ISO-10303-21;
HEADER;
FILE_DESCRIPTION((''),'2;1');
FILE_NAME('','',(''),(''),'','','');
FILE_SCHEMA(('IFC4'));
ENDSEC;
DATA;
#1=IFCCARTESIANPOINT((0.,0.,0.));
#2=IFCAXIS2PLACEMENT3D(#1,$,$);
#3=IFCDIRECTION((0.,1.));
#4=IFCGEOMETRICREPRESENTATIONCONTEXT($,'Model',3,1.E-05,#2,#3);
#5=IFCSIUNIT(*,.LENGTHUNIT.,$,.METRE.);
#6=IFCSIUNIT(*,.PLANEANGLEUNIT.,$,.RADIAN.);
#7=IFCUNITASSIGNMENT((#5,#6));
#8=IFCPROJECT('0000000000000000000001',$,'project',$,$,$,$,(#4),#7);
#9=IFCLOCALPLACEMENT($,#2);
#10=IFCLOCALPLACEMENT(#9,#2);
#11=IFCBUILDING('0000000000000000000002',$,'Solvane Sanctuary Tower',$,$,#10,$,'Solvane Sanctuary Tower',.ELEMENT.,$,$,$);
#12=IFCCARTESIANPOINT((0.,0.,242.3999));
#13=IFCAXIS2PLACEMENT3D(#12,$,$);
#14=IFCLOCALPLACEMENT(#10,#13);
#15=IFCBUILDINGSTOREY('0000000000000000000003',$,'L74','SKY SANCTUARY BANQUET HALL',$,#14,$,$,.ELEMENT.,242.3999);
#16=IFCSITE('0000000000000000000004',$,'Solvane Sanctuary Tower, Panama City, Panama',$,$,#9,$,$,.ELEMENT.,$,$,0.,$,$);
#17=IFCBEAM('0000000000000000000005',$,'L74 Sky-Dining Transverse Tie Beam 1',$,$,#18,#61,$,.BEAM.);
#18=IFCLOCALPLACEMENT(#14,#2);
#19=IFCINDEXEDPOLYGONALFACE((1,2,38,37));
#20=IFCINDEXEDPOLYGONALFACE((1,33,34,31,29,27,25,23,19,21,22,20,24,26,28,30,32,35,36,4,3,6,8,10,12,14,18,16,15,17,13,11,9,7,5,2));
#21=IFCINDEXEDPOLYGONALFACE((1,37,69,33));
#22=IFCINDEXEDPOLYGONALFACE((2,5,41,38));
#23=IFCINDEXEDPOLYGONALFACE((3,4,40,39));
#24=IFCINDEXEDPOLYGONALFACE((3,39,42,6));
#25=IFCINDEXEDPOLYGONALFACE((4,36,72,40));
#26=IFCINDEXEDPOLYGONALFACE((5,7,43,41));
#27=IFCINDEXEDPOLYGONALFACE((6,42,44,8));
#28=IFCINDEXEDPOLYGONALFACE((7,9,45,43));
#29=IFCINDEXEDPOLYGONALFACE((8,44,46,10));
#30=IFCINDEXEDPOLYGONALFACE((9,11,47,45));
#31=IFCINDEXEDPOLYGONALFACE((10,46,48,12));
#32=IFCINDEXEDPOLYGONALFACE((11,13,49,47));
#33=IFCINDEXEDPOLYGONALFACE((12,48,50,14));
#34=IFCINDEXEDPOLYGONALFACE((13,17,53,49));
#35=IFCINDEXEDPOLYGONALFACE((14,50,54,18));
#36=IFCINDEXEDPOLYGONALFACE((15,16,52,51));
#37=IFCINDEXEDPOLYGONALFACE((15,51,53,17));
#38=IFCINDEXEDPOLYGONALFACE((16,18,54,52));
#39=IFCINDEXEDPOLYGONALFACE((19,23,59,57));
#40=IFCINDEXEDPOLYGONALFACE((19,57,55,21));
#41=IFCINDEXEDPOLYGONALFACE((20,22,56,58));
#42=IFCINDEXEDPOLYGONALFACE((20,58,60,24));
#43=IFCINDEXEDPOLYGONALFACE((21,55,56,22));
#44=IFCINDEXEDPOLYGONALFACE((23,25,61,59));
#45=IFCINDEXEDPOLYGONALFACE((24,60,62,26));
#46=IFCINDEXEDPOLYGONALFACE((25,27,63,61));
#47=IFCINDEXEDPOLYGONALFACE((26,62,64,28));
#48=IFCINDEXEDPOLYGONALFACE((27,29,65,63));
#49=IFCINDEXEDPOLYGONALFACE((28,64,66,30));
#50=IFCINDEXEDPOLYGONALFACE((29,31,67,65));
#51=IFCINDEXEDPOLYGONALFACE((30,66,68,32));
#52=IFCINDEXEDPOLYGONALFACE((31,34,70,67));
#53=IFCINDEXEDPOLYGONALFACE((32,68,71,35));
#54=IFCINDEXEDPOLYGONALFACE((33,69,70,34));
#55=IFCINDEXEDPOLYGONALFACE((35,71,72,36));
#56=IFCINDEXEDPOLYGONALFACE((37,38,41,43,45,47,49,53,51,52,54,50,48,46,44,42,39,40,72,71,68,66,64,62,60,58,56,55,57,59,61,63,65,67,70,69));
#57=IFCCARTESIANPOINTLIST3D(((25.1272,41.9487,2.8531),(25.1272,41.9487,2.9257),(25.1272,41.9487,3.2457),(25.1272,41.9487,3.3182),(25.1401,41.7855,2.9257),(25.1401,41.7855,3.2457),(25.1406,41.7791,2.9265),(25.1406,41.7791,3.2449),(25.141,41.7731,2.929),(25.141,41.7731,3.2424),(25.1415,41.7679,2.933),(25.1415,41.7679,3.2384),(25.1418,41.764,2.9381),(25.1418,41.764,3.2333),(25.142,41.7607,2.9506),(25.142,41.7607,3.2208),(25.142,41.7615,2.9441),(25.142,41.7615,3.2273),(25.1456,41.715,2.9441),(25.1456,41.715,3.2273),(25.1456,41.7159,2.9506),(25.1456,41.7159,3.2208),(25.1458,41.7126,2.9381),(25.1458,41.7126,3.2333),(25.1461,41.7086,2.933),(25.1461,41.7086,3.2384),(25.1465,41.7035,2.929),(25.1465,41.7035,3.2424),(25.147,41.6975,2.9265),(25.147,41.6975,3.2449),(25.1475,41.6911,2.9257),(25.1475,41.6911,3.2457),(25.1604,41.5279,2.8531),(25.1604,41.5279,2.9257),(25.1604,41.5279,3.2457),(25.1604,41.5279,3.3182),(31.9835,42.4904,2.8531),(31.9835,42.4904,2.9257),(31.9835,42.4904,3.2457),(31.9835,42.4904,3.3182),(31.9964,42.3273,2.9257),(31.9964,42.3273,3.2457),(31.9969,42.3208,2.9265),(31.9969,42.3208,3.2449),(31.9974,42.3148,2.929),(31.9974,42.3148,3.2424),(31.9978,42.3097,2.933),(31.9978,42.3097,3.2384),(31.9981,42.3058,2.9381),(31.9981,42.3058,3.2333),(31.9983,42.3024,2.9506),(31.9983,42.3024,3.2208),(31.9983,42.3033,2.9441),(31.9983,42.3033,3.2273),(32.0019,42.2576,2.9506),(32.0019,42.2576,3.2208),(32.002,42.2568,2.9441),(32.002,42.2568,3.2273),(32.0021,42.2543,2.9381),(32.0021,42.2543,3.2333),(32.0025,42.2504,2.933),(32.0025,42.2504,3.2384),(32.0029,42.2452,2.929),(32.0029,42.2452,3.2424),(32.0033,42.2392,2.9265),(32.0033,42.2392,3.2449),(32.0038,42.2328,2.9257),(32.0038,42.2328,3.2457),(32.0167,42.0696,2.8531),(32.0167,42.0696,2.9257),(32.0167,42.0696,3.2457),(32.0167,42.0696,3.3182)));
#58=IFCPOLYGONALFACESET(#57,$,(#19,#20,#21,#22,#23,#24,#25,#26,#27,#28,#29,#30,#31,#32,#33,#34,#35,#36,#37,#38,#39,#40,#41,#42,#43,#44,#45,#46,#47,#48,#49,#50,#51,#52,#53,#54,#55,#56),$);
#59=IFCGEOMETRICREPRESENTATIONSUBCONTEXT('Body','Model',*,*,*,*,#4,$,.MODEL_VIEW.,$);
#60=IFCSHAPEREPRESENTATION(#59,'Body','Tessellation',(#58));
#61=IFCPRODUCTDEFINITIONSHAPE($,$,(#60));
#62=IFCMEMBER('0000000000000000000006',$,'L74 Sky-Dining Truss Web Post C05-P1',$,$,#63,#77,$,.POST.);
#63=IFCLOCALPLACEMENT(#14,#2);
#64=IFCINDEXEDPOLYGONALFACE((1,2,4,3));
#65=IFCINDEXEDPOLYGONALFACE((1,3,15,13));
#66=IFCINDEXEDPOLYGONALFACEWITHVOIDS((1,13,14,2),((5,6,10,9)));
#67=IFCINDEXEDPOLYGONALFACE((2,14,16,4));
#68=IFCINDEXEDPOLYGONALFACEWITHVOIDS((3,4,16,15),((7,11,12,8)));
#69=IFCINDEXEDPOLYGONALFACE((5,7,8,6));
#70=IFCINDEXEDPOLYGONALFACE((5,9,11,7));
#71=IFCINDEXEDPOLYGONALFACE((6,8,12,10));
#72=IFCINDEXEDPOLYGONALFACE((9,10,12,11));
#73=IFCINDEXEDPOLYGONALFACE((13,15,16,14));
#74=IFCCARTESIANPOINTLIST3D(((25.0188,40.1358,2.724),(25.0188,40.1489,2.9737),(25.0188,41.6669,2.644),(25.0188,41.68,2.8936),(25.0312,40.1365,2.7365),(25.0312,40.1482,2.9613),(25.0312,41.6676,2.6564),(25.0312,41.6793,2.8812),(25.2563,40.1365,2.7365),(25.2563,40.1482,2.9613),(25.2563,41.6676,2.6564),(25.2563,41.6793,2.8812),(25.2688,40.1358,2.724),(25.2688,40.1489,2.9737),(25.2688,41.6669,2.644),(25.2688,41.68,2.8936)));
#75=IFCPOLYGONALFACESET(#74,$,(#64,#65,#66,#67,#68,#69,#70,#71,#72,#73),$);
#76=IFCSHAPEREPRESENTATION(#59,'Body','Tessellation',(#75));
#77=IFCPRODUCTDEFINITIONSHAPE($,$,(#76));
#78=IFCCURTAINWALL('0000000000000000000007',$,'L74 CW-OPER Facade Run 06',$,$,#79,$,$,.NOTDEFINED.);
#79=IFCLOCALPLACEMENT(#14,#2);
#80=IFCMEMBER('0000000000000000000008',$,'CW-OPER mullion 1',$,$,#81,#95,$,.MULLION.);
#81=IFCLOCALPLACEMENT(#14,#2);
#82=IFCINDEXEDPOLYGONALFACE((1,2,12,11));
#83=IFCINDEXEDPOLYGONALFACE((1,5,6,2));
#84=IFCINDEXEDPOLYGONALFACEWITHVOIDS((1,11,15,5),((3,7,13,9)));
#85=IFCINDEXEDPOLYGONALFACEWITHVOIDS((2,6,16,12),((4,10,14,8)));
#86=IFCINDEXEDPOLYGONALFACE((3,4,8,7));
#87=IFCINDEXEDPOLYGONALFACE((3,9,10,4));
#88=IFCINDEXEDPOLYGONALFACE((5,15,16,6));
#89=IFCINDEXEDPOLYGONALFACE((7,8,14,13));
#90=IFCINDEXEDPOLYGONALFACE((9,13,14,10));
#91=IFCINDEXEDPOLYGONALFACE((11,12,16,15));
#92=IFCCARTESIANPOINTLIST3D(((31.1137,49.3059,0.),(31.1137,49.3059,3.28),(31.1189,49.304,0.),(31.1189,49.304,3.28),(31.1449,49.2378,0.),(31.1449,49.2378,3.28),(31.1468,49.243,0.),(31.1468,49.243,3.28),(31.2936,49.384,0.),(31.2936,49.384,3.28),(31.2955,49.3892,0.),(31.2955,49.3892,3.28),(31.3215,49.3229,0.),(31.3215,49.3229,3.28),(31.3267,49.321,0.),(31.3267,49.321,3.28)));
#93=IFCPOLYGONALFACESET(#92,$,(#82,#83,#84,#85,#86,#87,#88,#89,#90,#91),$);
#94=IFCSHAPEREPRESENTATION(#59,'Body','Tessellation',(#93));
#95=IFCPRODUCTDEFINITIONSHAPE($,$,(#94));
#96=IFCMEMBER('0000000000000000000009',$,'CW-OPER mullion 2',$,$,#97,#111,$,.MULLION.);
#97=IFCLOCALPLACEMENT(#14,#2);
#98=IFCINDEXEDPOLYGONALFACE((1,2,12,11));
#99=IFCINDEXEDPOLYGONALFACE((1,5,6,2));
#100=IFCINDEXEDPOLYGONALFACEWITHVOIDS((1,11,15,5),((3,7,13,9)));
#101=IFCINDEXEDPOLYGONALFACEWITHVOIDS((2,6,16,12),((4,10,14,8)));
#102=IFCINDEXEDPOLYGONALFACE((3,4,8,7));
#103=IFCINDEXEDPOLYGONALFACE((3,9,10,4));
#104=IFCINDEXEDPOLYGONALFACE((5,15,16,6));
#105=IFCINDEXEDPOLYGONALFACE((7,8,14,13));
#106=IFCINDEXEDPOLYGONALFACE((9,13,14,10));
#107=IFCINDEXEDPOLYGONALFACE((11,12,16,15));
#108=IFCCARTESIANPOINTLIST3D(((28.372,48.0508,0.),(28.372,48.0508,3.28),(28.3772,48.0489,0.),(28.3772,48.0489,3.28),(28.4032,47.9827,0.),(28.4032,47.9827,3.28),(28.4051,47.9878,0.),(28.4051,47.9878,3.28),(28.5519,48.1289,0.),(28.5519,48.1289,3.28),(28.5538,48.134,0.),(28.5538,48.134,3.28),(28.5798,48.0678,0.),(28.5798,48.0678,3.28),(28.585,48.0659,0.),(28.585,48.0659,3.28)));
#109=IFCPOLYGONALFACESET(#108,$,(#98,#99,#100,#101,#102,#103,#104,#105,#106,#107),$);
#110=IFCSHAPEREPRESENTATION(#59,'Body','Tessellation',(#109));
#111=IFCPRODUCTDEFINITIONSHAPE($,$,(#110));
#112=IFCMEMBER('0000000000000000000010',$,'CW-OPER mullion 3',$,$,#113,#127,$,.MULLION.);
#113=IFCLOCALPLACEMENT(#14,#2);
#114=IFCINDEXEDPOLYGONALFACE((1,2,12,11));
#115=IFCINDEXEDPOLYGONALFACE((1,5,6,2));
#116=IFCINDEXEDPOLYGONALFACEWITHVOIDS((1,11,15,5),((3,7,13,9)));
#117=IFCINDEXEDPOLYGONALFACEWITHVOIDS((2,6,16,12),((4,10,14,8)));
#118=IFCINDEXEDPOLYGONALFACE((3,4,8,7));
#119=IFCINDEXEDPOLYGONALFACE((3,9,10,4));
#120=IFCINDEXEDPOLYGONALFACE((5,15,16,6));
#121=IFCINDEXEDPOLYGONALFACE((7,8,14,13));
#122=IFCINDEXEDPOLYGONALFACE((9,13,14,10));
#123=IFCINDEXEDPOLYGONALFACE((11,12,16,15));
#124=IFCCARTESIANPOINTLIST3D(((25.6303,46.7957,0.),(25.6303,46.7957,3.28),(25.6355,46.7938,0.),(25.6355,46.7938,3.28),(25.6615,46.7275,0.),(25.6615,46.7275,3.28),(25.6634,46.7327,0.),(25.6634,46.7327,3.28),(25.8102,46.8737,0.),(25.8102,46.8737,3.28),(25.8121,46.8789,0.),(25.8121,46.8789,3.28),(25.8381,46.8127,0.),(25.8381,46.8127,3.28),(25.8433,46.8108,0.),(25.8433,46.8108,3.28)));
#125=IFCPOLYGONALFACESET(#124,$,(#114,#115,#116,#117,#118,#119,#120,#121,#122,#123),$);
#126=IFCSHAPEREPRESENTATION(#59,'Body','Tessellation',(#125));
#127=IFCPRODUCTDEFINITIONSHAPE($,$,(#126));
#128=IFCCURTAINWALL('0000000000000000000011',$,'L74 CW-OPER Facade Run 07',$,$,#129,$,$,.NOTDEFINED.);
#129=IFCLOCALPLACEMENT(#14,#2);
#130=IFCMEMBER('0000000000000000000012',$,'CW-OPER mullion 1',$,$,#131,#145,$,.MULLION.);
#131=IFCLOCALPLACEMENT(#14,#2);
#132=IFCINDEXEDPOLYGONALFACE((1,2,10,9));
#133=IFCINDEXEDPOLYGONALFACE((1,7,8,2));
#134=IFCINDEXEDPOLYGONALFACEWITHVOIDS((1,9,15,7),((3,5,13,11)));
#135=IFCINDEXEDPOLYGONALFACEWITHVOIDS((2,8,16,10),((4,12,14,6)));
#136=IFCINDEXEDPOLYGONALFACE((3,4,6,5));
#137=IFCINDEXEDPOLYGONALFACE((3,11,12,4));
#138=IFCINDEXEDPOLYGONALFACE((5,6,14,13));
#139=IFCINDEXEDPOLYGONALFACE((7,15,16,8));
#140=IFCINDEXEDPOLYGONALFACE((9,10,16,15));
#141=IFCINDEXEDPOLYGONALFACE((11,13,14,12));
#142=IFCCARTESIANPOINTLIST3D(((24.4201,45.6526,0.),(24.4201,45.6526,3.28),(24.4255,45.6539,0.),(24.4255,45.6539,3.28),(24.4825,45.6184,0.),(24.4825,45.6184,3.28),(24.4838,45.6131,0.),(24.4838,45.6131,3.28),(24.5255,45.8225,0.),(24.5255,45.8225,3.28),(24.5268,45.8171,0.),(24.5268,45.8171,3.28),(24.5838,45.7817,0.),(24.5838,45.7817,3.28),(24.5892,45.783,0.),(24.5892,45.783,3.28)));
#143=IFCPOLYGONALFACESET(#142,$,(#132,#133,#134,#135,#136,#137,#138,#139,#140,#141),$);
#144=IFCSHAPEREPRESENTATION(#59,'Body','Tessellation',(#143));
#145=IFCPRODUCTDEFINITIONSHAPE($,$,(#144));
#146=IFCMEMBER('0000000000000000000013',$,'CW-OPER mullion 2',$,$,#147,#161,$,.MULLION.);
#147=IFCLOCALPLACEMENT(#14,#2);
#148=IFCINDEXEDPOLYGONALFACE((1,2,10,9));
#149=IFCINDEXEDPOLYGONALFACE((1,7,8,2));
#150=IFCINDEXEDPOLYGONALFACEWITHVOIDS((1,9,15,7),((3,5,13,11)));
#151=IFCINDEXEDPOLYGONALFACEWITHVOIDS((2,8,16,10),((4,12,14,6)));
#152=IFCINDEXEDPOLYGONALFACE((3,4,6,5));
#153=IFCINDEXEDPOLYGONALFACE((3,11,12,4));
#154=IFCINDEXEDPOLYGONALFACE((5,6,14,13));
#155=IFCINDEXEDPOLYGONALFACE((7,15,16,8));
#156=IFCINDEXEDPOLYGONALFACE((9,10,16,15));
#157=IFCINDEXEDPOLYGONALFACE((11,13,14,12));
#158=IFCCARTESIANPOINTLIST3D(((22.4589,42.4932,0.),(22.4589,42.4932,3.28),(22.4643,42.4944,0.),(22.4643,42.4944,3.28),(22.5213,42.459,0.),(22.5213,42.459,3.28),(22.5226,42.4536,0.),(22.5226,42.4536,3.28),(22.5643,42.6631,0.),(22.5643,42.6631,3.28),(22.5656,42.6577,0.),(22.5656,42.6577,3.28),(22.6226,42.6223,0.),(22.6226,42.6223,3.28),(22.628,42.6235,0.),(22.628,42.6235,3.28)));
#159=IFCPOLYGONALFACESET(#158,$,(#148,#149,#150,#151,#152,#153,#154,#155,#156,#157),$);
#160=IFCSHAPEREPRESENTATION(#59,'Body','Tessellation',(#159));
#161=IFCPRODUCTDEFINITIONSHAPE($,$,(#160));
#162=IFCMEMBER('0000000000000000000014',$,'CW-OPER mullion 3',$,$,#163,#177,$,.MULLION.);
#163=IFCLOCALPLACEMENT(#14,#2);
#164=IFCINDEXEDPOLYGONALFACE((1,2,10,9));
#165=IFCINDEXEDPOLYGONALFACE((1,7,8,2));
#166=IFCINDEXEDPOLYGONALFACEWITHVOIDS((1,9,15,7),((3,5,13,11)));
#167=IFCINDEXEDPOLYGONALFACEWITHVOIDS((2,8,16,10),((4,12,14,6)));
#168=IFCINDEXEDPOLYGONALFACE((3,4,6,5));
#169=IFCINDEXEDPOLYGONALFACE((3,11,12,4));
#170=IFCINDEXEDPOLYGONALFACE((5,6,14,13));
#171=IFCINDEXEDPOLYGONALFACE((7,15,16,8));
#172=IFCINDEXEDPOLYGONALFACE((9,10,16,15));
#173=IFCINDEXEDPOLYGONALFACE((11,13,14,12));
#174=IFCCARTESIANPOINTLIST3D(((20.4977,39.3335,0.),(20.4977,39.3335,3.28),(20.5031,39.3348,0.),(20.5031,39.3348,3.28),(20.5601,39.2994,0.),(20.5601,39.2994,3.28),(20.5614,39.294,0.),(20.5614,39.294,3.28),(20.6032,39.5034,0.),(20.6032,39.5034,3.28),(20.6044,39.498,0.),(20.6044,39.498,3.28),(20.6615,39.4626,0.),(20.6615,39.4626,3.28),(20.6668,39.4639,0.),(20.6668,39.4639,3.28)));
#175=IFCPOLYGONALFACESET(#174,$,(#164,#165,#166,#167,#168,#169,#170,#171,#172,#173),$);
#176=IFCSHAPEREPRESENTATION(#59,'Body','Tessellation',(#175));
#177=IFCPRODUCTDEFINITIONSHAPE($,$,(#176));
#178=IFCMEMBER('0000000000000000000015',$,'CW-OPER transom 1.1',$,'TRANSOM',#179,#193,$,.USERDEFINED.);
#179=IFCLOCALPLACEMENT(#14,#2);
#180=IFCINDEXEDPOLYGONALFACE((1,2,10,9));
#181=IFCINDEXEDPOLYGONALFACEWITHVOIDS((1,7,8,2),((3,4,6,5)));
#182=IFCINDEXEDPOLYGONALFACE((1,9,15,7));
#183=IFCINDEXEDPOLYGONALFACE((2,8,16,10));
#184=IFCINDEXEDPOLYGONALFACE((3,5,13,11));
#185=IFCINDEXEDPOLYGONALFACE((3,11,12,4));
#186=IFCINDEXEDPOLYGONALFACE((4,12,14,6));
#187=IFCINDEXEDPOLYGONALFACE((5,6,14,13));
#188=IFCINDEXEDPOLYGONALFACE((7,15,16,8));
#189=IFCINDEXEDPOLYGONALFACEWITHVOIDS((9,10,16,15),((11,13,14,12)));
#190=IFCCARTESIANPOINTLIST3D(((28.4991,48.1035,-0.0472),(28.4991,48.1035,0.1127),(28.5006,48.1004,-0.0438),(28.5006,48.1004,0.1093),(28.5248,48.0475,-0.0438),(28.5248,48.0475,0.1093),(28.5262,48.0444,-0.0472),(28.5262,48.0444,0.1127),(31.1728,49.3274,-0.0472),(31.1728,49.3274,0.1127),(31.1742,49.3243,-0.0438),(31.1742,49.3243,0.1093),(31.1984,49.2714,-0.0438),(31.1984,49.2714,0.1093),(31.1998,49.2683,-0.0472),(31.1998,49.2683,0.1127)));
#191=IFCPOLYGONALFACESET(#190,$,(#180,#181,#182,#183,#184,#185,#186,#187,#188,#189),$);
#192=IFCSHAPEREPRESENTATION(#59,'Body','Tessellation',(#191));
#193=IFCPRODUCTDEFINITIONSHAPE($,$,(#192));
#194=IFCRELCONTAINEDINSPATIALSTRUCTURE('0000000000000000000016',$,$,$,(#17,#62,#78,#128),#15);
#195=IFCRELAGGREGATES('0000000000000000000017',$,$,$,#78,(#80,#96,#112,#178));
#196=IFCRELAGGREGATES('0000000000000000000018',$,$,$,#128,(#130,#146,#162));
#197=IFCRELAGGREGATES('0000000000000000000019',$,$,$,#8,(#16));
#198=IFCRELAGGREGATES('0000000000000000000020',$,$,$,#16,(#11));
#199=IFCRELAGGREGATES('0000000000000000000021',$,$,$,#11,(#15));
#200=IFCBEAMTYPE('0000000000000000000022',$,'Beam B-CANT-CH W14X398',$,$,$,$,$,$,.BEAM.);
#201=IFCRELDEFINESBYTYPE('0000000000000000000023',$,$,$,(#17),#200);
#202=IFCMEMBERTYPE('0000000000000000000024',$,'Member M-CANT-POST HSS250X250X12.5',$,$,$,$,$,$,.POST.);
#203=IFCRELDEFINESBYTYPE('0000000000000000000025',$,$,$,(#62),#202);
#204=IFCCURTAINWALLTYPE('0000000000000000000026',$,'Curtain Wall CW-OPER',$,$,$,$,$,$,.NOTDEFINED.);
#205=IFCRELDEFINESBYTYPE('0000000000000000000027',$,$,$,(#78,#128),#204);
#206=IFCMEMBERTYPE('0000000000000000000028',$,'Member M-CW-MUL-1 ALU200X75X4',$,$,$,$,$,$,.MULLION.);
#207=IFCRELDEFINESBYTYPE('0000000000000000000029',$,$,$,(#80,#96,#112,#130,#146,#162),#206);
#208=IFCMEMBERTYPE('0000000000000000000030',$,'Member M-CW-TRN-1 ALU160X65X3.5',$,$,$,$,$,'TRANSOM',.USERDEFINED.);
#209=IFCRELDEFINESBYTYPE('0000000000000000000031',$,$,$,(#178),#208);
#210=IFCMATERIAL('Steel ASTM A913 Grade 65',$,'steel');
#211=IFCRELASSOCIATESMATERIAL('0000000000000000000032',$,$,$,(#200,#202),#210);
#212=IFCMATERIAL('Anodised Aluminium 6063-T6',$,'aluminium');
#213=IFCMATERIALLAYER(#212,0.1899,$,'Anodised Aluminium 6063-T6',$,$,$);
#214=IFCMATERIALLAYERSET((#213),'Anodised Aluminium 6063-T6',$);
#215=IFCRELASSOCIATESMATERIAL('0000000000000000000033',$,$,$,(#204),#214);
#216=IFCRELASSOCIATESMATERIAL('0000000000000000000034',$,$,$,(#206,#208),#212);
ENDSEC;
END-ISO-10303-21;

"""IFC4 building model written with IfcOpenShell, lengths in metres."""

from ifc_helpers import new_model, si_unit, direction, frame, origin, origin_2d, place, context, subcontext, project, spatial, hollow_rectangle, i_section, extrude, material, layer, layer_set, material_profile, profile_set, type_object, element, aggregate, save


model = new_model("IFC4")

# Units and contexts
model_context = context("Model", 3, precision=1e-05, world=origin(), true_north=direction((0.0, 1.0)))
body_context = subcontext(model_context, "Body", "Model", "MODEL_VIEW")
ifc_project = project(units=[si_unit("LENGTHUNIT", "METRE"), si_unit("PLANEANGLEUNIT", "RADIAN")], contexts=[model_context])

# Site, building, storey
site_placement = place(None, origin())
site = spatial("IfcSite", under=ifc_project, at=site_placement, Name="Solvane Sanctuary Tower, Panama City, Panama", CompositionType="ELEMENT", RefElevation=0.0)
building_placement = place(site_placement, origin())
building = spatial("IfcBuilding", under=site, at=building_placement, Name="Solvane Sanctuary Tower", LongName="Solvane Sanctuary Tower", CompositionType="ELEMENT")
storey_placement = place(building_placement, frame((0.0, 0.0, 242.3999)))
storey = spatial("IfcBuildingStorey", under=building, at=storey_placement, Name="L74", Description="SKY SANCTUARY BANQUET HALL", CompositionType="ELEMENT", Elevation=242.3999)

# Beam
ifc_material_1 = material(Name="Steel ASTM A913 Grade 65", Category="steel")
ifc_material_profile_1 = material_profile(ifc_material_1, i_section(OverallWidth=0.4221, OverallDepth=0.4651, WebThickness=0.0449, FlangeThickness=0.0725, FilletRadius=0.0249, at=origin_2d()), Name="W14X398")
ifc_profile_set_1 = profile_set([ifc_material_profile_1], Name="Steel ASTM A913 Grade 65")
beam_type = type_object("IfcBeamType", Name="Beam B-CANT-CH W14X398", PredefinedType="BEAM", material=ifc_profile_set_1)
beam_placement = place(storey_placement, frame((25.1438, 41.7383, 3.0857), z_axis=(0.996893, 0.07877, 0.0), x_axis=(-0.07877, 0.996893, 0.0)))
element("IfcBeam", 1, at=beam_placement, inside=storey, type_object=beam_type, Name="L74 Sky-Dining Transverse Tie Beam 1", PredefinedType="BEAM", context=body_context, shape_type="SweptSolid", body=[
    extrude(i_section(OverallWidth=0.4221, OverallDepth=0.4651, WebThickness=0.0449, FlangeThickness=0.0725, FilletRadius=0.0249, at=origin_2d()), origin(), (0.0, 0.0, 1.0), 6.8777),
])

# Member
ifc_material_profile_2 = material_profile(ifc_material_1, hollow_rectangle(XDim=0.25, YDim=0.25, WallThickness=0.0125, at=origin_2d()), Name="HSS250X250X12.5")
ifc_profile_set_2 = profile_set([ifc_material_profile_2], Name="Steel ASTM A913 Grade 65")
member_type_1 = type_object("IfcMemberType", Name="Member M-CANT-POST HSS250X250X12.5", PredefinedType="POST", material=ifc_profile_set_2)
member_1_placement = place(storey_placement, frame((25.1438, 40.1423, 2.8489), z_axis=(0.0, 0.998635, -0.052233), x_axis=(-1.0, 0.0, 0.0)))
element("IfcMember", 2, at=member_1_placement, inside=storey, type_object=member_type_1, Name="L74 Sky-Dining Truss Web Post C05-P1", PredefinedType="POST", context=body_context, shape_type="SweptSolid", body=[
    extrude(hollow_rectangle(XDim=0.25, YDim=0.25, WallThickness=0.0125, at=origin_2d()), origin(), (0.0, 0.0, 1.0), 1.5332),
])

# Curtain walls, members
ifc_material_2 = material(Name="Anodised Aluminium 6063-T6", Category="aluminium")
ifc_layer_1 = layer(ifc_material_2, 0.1899, Name="Anodised Aluminium 6063-T6")
ifc_layer_set_1 = layer_set([ifc_layer_1], Name="Anodised Aluminium 6063-T6")
curtain_wall_type = type_object("IfcCurtainWallType", Name="Curtain Wall CW-OPER", PredefinedType="NOTDEFINED", material=ifc_layer_set_1)
curtain_wall_1_placement = place(storey_placement, origin())
curtain_wall_1 = element("IfcCurtainWall", 3, at=curtain_wall_1_placement, inside=storey, type_object=curtain_wall_type, Name="L74 CW-OPER Facade Run 06", PredefinedType="NOTDEFINED")
ifc_material_profile_3 = material_profile(ifc_material_2, hollow_rectangle(XDim=0.075, YDim=0.2, WallThickness=0.0039, at=origin_2d()), Name="ALU200X75X4")
ifc_profile_set_3 = profile_set([ifc_material_profile_3], Name="Anodised Aluminium 6063-T6")
member_type_2 = type_object("IfcMemberType", Name="Member M-CW-MUL-1 ALU200X75X4", PredefinedType="MULLION", material=ifc_profile_set_3)
member_2_placement = place(storey_placement, frame((31.2202, 49.3135, 0.0), z_axis=(0.0, 0.0, 1.0), x_axis=(0.416225, -0.909262, 0.0)))
member_2 = element("IfcMember", 4, at=member_2_placement, type_object=member_type_2, Name="CW-OPER mullion 1", PredefinedType="MULLION", context=body_context, shape_type="SweptSolid", body=[
    extrude(hollow_rectangle(XDim=0.075, YDim=0.2, WallThickness=0.0039, at=origin_2d()), origin(), (0.0, 0.0, 1.0), 3.28),
])
member_3_placement = place(storey_placement, frame((28.4785, 48.0583, 0.0), z_axis=(0.0, 0.0, 1.0), x_axis=(0.416225, -0.909262, 0.0)))
member_3 = element("IfcMember", 5, at=member_3_placement, type_object=member_type_2, Name="CW-OPER mullion 2", PredefinedType="MULLION", context=body_context, shape_type="SweptSolid", body=[
    extrude(hollow_rectangle(XDim=0.075, YDim=0.2, WallThickness=0.0039, at=origin_2d()), origin(), (0.0, 0.0, 1.0), 3.28),
])
member_4_placement = place(storey_placement, frame((25.7368, 46.8032, 0.0), z_axis=(0.0, 0.0, 1.0), x_axis=(0.416225, -0.909262, 0.0)))
member_4 = element("IfcMember", 6, at=member_4_placement, type_object=member_type_2, Name="CW-OPER mullion 3", PredefinedType="MULLION", context=body_context, shape_type="SweptSolid", body=[
    extrude(hollow_rectangle(XDim=0.075, YDim=0.2, WallThickness=0.0039, at=origin_2d()), origin(), (0.0, 0.0, 1.0), 3.28),
])
curtain_wall_2_placement = place(storey_placement, origin())
curtain_wall_2 = element("IfcCurtainWall", 7, at=curtain_wall_2_placement, inside=storey, type_object=curtain_wall_type, Name="L74 CW-OPER Facade Run 07", PredefinedType="NOTDEFINED")
member_5_placement = place(storey_placement, frame((24.5046, 45.7178, 0.0), z_axis=(0.0, 0.0, 1.0), x_axis=(0.849622, -0.527392, 0.0)))
member_5 = element("IfcMember", 8, at=member_5_placement, type_object=member_type_2, Name="CW-OPER mullion 1", PredefinedType="MULLION", context=body_context, shape_type="SweptSolid", body=[
    extrude(hollow_rectangle(XDim=0.075, YDim=0.2, WallThickness=0.0039, at=origin_2d()), origin(), (0.0, 0.0, 1.0), 3.28),
])
member_6_placement = place(storey_placement, frame((22.5435, 42.5583, 0.0), z_axis=(0.0, 0.0, 1.0), x_axis=(0.849622, -0.527392, 0.0)))
member_6 = element("IfcMember", 9, at=member_6_placement, type_object=member_type_2, Name="CW-OPER mullion 2", PredefinedType="MULLION", context=body_context, shape_type="SweptSolid", body=[
    extrude(hollow_rectangle(XDim=0.075, YDim=0.2, WallThickness=0.0039, at=origin_2d()), origin(), (0.0, 0.0, 1.0), 3.28),
])
member_7_placement = place(storey_placement, frame((20.5823, 39.3987, 0.0), z_axis=(0.0, 0.0, 1.0), x_axis=(0.849622, -0.527392, 0.0)))
member_7 = element("IfcMember", 10, at=member_7_placement, type_object=member_type_2, Name="CW-OPER mullion 3", PredefinedType="MULLION", context=body_context, shape_type="SweptSolid", body=[
    extrude(hollow_rectangle(XDim=0.075, YDim=0.2, WallThickness=0.0039, at=origin_2d()), origin(), (0.0, 0.0, 1.0), 3.28),
])

# Member
ifc_material_profile_4 = material_profile(ifc_material_2, hollow_rectangle(XDim=0.0649, YDim=0.1599, WallThickness=0.0034, at=origin_2d()), Name="ALU160X65X3.5")
ifc_profile_set_4 = profile_set([ifc_material_profile_4], Name="Anodised Aluminium 6063-T6")
member_type_3 = type_object("IfcMemberType", Name="Member M-CW-TRN-1 ALU160X65X3.5", ElementType="TRANSOM", PredefinedType="USERDEFINED", material=ifc_profile_set_4)
member_8_placement = place(storey_placement, frame((31.1863, 49.2979, 0.0327), z_axis=(-0.90926, -0.416229, 0.0), x_axis=(0.416229, -0.90926, 0.0)))
member_8 = element("IfcMember", 11, at=member_8_placement, type_object=member_type_3, Name="CW-OPER transom 1.1", ObjectType="TRANSOM", PredefinedType="USERDEFINED", context=body_context, shape_type="SweptSolid", body=[
    extrude(hollow_rectangle(XDim=0.0649, YDim=0.1599, WallThickness=0.0034, at=origin_2d()), origin(), (0.0, 0.0, 1.0), 2.9404),
])

aggregate(curtain_wall_1, [member_2, member_3, member_4, member_8])
aggregate(curtain_wall_2, [member_5, member_6, member_7])

save(model, "model.ifc")
